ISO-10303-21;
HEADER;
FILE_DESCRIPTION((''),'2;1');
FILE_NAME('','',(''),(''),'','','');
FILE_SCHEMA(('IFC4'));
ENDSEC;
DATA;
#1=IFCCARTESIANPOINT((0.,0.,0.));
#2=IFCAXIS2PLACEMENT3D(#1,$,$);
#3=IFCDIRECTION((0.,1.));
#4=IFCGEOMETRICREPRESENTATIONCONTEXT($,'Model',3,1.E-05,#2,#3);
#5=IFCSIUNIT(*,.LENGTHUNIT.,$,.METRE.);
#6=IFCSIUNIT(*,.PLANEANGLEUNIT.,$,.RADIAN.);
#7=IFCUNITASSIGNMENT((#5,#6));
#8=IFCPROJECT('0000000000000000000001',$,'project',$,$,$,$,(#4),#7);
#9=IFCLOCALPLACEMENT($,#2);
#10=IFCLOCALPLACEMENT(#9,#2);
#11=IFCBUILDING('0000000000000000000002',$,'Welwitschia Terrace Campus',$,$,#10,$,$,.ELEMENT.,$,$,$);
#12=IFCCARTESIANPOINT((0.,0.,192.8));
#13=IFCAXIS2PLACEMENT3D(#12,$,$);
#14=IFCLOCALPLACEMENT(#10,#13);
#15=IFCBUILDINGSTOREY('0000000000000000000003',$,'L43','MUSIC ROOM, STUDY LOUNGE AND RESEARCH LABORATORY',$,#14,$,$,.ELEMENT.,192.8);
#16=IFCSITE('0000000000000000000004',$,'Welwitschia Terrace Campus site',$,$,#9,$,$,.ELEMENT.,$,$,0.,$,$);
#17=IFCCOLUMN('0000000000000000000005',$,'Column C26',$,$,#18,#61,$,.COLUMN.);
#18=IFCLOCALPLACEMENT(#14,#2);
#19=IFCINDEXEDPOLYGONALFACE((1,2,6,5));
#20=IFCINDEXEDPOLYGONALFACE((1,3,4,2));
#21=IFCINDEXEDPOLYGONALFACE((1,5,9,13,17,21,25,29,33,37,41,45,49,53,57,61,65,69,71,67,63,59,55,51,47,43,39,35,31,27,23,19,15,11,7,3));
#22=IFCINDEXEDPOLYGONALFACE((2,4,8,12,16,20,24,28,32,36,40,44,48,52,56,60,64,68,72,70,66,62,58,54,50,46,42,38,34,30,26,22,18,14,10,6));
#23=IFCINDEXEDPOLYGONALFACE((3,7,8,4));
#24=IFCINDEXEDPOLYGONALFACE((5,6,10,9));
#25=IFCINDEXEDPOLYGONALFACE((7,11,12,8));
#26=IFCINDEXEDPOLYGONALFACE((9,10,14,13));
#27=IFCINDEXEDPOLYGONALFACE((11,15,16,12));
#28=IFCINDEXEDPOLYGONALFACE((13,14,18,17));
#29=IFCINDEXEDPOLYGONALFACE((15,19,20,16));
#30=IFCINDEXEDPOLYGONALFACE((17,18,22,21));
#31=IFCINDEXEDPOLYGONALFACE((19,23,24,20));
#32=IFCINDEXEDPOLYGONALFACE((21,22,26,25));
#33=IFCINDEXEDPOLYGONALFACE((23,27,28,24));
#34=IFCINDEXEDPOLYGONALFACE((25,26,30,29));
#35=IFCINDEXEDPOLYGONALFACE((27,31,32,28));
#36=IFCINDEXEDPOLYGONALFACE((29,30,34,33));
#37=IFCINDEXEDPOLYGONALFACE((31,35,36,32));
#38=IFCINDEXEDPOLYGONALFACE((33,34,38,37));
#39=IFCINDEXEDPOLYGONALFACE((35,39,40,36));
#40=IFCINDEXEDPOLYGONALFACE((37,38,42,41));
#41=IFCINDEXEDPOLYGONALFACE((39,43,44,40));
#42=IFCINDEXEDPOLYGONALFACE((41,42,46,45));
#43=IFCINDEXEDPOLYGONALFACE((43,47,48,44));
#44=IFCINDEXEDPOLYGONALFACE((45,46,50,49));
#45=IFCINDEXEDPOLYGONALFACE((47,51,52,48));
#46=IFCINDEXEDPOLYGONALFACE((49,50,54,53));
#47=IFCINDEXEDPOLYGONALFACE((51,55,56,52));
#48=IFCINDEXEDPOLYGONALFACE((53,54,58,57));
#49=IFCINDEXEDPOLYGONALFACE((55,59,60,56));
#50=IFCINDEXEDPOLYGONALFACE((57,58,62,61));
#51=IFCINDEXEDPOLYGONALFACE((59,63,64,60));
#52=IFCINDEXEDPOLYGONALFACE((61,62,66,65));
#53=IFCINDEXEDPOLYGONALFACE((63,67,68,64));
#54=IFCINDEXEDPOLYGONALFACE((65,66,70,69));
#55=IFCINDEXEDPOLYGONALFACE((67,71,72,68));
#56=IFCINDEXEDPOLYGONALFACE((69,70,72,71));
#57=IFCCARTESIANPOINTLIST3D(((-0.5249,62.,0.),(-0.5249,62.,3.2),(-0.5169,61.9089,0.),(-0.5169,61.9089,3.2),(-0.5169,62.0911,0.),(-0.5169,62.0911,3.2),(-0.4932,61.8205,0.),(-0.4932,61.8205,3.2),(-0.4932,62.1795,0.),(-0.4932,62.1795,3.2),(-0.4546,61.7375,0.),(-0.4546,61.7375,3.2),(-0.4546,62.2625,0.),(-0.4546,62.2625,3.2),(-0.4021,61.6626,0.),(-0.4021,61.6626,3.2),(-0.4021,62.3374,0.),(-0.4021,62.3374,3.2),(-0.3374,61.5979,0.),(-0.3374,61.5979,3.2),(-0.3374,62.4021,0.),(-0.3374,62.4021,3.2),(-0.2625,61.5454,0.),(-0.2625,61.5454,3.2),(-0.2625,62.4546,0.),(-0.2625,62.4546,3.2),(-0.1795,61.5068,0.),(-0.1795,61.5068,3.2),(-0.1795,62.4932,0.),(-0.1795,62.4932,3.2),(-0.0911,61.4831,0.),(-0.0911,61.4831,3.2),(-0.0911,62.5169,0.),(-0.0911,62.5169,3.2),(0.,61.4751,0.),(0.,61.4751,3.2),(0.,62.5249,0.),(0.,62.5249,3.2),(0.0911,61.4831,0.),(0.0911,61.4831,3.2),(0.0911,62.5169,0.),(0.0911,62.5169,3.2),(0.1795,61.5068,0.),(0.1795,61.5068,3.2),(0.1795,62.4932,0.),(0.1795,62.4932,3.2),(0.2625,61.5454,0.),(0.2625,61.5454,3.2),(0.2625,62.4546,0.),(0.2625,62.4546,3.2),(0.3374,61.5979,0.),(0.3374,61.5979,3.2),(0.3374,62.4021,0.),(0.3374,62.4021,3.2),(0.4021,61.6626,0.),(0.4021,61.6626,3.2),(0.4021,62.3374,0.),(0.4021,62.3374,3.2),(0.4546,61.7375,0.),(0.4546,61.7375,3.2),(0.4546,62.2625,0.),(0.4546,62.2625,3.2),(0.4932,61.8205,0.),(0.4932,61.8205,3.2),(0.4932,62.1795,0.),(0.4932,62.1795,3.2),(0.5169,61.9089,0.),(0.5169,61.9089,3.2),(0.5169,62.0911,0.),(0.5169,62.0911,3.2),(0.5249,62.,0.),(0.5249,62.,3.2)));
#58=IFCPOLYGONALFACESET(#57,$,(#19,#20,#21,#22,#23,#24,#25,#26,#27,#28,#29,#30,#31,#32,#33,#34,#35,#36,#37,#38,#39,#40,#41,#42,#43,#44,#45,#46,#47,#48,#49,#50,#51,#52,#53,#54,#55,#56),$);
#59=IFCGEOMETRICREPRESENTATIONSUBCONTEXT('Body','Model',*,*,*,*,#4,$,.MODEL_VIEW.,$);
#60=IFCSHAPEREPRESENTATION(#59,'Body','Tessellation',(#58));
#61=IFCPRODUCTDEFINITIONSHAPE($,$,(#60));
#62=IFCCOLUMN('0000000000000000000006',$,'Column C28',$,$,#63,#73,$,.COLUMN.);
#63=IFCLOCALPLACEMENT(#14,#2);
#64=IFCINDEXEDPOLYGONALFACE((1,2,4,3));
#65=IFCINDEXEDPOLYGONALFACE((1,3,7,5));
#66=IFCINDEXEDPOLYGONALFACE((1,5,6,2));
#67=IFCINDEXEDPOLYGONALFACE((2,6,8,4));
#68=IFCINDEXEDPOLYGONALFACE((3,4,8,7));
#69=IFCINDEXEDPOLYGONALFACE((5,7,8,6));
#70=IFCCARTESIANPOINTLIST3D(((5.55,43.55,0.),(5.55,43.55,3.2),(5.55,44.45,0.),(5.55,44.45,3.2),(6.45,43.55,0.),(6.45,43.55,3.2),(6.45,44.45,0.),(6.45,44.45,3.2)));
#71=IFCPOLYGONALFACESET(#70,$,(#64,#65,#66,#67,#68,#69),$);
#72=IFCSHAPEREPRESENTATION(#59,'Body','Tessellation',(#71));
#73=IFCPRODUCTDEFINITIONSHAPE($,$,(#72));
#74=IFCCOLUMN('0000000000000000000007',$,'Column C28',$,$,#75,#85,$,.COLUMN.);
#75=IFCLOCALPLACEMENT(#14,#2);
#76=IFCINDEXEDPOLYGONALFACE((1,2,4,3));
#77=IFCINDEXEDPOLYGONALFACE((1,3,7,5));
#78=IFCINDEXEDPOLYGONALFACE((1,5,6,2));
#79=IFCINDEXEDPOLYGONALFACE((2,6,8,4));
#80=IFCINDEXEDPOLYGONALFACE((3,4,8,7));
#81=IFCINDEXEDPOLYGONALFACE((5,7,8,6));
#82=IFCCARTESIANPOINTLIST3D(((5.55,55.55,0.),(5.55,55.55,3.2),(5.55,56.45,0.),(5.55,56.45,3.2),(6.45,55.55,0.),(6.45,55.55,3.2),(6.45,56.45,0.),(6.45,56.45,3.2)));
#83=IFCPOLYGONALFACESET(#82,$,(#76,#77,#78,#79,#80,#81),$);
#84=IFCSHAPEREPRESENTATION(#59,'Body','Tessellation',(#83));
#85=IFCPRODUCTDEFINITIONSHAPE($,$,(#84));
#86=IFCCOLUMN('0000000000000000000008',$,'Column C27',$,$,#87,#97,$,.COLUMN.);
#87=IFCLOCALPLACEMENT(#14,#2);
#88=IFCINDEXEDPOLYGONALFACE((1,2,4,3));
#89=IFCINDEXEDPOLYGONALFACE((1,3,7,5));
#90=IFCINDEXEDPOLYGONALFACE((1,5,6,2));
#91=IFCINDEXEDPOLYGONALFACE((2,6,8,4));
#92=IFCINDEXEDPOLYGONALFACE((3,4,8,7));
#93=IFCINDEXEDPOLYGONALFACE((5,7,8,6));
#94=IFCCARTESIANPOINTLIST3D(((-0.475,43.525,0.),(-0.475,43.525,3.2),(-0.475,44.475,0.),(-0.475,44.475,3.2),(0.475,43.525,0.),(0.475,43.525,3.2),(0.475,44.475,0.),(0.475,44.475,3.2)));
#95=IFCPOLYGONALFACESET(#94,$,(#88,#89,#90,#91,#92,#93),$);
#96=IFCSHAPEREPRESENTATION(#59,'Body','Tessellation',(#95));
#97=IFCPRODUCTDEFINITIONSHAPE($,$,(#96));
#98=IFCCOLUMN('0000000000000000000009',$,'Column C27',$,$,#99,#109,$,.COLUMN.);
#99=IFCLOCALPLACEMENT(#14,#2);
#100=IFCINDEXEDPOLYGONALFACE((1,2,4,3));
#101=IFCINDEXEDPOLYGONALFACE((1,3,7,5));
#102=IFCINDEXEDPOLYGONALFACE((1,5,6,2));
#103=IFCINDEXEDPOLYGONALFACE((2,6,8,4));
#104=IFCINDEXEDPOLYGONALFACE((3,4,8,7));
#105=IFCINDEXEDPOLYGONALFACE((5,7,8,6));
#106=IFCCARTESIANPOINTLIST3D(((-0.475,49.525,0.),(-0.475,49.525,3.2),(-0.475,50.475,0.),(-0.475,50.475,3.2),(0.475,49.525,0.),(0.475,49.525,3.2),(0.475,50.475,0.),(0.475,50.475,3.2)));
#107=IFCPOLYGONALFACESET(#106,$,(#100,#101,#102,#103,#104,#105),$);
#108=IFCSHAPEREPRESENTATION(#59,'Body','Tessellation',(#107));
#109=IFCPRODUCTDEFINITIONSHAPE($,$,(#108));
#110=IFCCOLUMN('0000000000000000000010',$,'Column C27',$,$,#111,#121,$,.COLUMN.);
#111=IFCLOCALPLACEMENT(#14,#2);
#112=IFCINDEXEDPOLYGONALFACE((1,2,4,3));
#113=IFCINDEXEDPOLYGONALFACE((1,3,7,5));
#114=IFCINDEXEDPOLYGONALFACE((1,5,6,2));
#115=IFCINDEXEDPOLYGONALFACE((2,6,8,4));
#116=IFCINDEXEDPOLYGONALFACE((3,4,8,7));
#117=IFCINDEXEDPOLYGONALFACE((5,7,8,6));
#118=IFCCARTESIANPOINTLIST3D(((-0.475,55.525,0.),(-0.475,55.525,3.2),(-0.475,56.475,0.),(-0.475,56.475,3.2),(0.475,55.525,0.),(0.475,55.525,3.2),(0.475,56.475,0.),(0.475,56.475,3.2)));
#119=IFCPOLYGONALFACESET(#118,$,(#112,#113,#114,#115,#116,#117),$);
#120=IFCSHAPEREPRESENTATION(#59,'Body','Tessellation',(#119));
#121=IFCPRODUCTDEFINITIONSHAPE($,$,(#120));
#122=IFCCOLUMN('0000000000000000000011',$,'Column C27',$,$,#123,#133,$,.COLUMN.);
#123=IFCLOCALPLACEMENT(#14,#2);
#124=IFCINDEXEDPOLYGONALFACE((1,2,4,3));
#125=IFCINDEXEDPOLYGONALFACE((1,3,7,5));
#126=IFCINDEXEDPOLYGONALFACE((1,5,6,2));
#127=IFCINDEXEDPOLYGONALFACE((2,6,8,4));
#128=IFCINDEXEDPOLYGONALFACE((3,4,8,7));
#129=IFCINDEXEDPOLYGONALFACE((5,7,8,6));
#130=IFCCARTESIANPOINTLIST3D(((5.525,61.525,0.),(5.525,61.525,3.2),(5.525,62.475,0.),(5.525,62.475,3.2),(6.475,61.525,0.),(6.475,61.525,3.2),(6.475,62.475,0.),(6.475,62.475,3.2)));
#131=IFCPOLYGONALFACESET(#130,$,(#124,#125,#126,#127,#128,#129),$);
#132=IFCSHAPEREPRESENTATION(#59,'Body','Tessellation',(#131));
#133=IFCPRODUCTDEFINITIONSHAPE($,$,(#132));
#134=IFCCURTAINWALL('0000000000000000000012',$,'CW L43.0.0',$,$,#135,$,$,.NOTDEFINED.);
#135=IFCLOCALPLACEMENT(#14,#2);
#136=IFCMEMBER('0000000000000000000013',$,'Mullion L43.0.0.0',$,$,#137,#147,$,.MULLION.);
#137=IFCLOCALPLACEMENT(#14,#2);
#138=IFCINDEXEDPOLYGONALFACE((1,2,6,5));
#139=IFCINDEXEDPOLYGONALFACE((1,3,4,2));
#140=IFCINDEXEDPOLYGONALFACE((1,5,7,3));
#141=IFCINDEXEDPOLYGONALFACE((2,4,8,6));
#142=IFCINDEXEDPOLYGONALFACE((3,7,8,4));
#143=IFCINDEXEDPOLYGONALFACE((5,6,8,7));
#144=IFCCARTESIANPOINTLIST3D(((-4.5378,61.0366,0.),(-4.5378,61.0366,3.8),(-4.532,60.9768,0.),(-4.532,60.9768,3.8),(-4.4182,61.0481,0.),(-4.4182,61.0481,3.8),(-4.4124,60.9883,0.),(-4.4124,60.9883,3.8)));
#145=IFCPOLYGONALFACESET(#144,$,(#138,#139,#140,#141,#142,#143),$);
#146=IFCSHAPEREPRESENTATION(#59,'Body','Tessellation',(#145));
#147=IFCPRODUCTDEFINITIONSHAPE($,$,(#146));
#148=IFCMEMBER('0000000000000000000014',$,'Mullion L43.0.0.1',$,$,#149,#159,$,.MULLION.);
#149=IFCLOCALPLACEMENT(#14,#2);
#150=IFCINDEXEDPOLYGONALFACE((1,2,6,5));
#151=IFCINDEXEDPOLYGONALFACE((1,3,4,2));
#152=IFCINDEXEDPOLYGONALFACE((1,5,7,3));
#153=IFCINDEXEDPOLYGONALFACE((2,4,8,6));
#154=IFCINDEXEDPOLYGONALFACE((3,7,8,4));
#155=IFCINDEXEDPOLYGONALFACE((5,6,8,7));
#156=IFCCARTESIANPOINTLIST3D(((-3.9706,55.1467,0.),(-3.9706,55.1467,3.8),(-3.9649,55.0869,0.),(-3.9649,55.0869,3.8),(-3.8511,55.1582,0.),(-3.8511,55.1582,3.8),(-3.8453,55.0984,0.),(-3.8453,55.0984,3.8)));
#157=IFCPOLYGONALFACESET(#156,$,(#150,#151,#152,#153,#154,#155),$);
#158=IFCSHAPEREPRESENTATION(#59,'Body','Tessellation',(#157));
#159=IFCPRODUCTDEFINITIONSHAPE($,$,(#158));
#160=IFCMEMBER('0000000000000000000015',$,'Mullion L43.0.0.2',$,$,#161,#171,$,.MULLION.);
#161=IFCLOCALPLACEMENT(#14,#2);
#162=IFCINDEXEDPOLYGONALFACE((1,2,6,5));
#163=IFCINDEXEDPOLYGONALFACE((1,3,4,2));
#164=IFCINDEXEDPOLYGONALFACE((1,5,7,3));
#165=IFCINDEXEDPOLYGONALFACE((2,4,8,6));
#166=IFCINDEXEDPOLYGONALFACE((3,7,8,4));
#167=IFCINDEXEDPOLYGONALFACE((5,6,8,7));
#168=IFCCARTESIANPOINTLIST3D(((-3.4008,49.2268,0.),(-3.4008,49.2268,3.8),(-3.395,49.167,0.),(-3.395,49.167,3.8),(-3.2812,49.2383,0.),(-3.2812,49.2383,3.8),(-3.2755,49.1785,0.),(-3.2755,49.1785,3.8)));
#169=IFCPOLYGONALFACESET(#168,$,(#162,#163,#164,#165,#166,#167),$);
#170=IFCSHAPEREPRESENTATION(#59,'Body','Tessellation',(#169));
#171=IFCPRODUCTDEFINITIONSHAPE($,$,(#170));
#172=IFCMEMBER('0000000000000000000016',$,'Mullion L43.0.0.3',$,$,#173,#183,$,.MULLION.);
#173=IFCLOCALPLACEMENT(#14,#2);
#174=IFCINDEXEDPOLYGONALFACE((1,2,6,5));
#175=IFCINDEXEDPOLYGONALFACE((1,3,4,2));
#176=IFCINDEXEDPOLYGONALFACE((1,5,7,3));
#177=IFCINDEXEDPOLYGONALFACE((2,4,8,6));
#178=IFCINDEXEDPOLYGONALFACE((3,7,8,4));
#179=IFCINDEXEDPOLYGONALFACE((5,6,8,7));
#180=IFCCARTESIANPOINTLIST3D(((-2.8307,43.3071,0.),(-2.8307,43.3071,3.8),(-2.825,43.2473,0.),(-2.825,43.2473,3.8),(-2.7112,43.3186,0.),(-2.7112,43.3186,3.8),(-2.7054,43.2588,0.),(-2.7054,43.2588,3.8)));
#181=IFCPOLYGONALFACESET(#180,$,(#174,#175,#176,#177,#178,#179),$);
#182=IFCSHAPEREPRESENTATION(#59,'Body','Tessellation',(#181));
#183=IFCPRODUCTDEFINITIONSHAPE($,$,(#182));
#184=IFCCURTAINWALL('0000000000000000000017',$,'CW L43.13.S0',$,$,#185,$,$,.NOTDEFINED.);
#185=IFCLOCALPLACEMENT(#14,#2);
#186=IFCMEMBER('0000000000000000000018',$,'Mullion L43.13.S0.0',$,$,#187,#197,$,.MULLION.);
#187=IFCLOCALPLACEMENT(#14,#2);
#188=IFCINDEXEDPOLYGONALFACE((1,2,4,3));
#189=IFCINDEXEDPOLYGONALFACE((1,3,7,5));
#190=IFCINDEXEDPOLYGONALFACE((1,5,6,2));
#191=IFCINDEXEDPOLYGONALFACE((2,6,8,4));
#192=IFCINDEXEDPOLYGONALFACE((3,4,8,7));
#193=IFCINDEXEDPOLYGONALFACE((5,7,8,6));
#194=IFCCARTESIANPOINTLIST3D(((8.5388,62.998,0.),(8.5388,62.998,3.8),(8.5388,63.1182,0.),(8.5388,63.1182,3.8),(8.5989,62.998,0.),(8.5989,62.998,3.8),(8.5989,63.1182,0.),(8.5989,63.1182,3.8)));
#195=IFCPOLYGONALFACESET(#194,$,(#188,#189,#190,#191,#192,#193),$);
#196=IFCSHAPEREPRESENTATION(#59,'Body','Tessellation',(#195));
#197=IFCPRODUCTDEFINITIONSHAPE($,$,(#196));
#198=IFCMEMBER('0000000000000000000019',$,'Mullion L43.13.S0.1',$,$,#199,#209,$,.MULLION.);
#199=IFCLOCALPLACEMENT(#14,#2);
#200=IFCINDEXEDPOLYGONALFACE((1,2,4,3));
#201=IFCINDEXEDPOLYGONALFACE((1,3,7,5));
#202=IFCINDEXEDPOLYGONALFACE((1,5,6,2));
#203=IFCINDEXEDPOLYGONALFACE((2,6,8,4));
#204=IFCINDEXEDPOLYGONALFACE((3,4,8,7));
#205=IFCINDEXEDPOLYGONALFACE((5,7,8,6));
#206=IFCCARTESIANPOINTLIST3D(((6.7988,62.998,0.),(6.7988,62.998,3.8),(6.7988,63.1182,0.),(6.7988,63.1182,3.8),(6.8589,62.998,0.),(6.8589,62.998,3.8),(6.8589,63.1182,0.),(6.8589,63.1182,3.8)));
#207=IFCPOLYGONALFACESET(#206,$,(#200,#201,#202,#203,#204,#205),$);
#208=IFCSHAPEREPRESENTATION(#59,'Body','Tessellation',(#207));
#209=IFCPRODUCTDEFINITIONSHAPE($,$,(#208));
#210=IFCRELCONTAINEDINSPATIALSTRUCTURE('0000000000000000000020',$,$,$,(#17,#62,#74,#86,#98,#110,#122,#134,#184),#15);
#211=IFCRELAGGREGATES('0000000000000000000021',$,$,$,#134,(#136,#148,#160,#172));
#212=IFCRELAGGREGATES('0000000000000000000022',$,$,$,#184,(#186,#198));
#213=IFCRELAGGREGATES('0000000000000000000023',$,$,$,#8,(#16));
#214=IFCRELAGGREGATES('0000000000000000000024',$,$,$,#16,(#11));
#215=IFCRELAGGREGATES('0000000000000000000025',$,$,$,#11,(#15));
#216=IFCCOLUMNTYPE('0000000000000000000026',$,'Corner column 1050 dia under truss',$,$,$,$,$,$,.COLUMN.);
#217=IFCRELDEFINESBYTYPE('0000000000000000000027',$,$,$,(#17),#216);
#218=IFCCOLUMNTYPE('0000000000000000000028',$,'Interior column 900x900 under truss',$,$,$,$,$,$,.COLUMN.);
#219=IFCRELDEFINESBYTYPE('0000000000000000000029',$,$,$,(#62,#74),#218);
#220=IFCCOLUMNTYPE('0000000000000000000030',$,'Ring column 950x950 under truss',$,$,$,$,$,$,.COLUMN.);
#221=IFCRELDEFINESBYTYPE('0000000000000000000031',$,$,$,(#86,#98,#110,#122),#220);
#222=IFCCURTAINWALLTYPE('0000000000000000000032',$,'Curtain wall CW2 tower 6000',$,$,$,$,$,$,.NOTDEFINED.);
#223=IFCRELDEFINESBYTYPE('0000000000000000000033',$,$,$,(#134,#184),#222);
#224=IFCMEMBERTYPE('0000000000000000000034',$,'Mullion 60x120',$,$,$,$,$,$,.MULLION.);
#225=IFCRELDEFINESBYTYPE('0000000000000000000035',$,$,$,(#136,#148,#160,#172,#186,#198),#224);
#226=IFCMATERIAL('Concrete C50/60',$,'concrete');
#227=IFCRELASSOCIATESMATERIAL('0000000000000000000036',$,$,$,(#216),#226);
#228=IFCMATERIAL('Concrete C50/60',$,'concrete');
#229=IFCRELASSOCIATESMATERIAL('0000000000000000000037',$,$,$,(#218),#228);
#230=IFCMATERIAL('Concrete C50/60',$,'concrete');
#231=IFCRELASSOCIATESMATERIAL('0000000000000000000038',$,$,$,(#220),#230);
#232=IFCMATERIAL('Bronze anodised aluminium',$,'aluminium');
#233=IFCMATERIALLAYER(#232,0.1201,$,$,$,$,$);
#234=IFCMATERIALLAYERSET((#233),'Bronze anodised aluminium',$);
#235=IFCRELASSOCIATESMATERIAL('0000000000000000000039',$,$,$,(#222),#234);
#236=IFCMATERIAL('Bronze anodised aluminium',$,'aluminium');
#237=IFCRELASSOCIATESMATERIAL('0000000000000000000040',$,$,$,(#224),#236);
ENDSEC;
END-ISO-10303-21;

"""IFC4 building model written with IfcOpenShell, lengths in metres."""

from ifc_helpers import new_model, si_unit, direction, frame, origin, origin_2d, place, context, subcontext, project, spatial, rectangle, circle, extrude, material, layer, layer_set, material_profile, profile_set, type_object, element, aggregate, save


model = new_model("IFC4")

# Units and contexts
model_context = context("Model", 3, precision=1e-05, world=origin(), true_north=direction((0.0, 1.0)))
body_context = subcontext(model_context, "Body", "Model", "MODEL_VIEW")
ifc_project = project(units=[si_unit("LENGTHUNIT", "METRE"), si_unit("PLANEANGLEUNIT", "RADIAN")], contexts=[model_context])

# Site, building, storey
site_placement = place(None, origin())
site = spatial("IfcSite", under=ifc_project, at=site_placement, Name="Welwitschia Terrace Campus site", CompositionType="ELEMENT", RefElevation=0.0)
building_placement = place(site_placement, origin())
building = spatial("IfcBuilding", under=site, at=building_placement, Name="Welwitschia Terrace Campus", CompositionType="ELEMENT")
storey_placement = place(building_placement, frame((0.0, 0.0, 192.8)))
storey = spatial("IfcBuildingStorey", under=building, at=storey_placement, Name="L43", Description="MUSIC ROOM, STUDY LOUNGE AND RESEARCH LABORATORY", CompositionType="ELEMENT", Elevation=192.8)

# Columns
ifc_material_1 = material(Name="Concrete C50/60", Category="concrete")
ifc_material_profile_1 = material_profile(ifc_material_1, circle(Radius=0.5249, at=origin_2d()))
ifc_profile_set_1 = profile_set([ifc_material_profile_1], Name="Concrete C50/60")
column_type_1 = type_object("IfcColumnType", Name="Corner column 1050 dia under truss", PredefinedType="COLUMN", material=ifc_profile_set_1)
column_placement = place(storey_placement, frame((0.0, 62.0, 0.0), z_axis=(0.0, 0.0, 1.0), x_axis=(1.0, 0.0, 0.0)))
element("IfcColumn", 1, at=column_placement, inside=storey, type_object=column_type_1, Name="Column C26", PredefinedType="COLUMN", context=body_context, shape_type="SweptSolid", body=[
    extrude(circle(Radius=0.5249, at=origin_2d()), origin(), (0.0, 0.0, 1.0), 3.2),
])
ifc_material_2 = material(Name="Concrete C50/60", Category="concrete")
ifc_material_profile_2 = material_profile(ifc_material_2, rectangle(XDim=0.8999, YDim=0.8999, at=origin_2d()))
ifc_profile_set_2 = profile_set([ifc_material_profile_2], Name="Concrete C50/60")
column_type_2 = type_object("IfcColumnType", Name="Interior column 900x900 under truss", PredefinedType="COLUMN", material=ifc_profile_set_2)
for number, where, z_axis, x_axis, name in (
    (2, (6.0, 44.0, 0.0), (0.0, 0.0, 1.0), (1.0, 0.0, 0.0), "Column C28"),
    (3, (6.0, 56.0, 0.0), (0.0, 0.0, 1.0), (1.0, 0.0, 0.0), "Column C28"),
):
    element("IfcColumn", number, at=place(storey_placement, frame(where, z_axis=z_axis, x_axis=x_axis)), inside=storey, type_object=column_type_2, Name=name, PredefinedType="COLUMN", context=body_context, shape_type="SweptSolid", body=[
        extrude(rectangle(XDim=0.8999, YDim=0.8999, at=origin_2d()), origin(), (0.0, 0.0, 1.0), 3.2),
    ])
ifc_material_3 = material(Name="Concrete C50/60", Category="concrete")
ifc_material_profile_3 = material_profile(ifc_material_3, rectangle(XDim=0.95, YDim=0.95, at=origin_2d()))
ifc_profile_set_3 = profile_set([ifc_material_profile_3], Name="Concrete C50/60")
column_type_3 = type_object("IfcColumnType", Name="Ring column 950x950 under truss", PredefinedType="COLUMN", material=ifc_profile_set_3)
for number, where, z_axis, x_axis, name in (
    (4, (0.0, 44.0, 0.0), (0.0, 0.0, 1.0), (1.0, 0.0, 0.0), "Column C27"),
    (5, (0.0, 50.0, 0.0), (0.0, 0.0, 1.0), (1.0, 0.0, 0.0), "Column C27"),
    (6, (0.0, 56.0, 0.0), (0.0, 0.0, 1.0), (1.0, 0.0, 0.0), "Column C27"),
    (7, (6.0, 62.0, 0.0), (0.0, 0.0, 1.0), (1.0, 0.0, 0.0), "Column C27"),
):
    element("IfcColumn", number, at=place(storey_placement, frame(where, z_axis=z_axis, x_axis=x_axis)), inside=storey, type_object=column_type_3, Name=name, PredefinedType="COLUMN", context=body_context, shape_type="SweptSolid", body=[
        extrude(rectangle(XDim=0.95, YDim=0.95, at=origin_2d()), origin(), (0.0, 0.0, 1.0), 3.2),
    ])

# Curtain walls, members
ifc_material_4 = material(Name="Bronze anodised aluminium", Category="aluminium")
ifc_layer_1 = layer(ifc_material_4, 0.1201)
ifc_layer_set_1 = layer_set([ifc_layer_1], Name="Bronze anodised aluminium")
curtain_wall_type = type_object("IfcCurtainWallType", Name="Curtain wall CW2 tower 6000", PredefinedType="NOTDEFINED", material=ifc_layer_set_1)
curtain_wall_1_placement = place(storey_placement, origin())
curtain_wall_1 = element("IfcCurtainWall", 8, at=curtain_wall_1_placement, inside=storey, type_object=curtain_wall_type, Name="CW L43.0.0", PredefinedType="NOTDEFINED")
ifc_material_5 = material(Name="Bronze anodised aluminium", Category="aluminium")
ifc_material_profile_4 = material_profile(ifc_material_5, rectangle(XDim=0.1201, YDim=0.0601, at=origin_2d()))
ifc_profile_set_4 = profile_set([ifc_material_profile_4], Name="Bronze anodised aluminium")
member_type_1 = type_object("IfcMemberType", Name="Mullion 60x120", PredefinedType="MULLION", material=ifc_profile_set_4)
member_1_placement = place(storey_placement, frame((-4.4751, 61.0125, 0.0), z_axis=(0.0, 0.0, 1.0), x_axis=(0.995396, 0.095846, 0.0)))
member_1 = element("IfcMember", 9, at=member_1_placement, type_object=member_type_1, Name="Mullion L43.0.0.0", PredefinedType="MULLION", context=body_context, shape_type="SweptSolid", body=[
    extrude(rectangle(XDim=0.1201, YDim=0.0601, at=origin_2d()), origin(), (0.0, 0.0, 1.0), 3.8),
])
member_2_placement = place(storey_placement, frame((-3.908, 55.1226, 0.0), z_axis=(0.0, 0.0, 1.0), x_axis=(0.995396, 0.095846, 0.0)))
member_2 = element("IfcMember", 10, at=member_2_placement, type_object=member_type_1, Name="Mullion L43.0.0.1", PredefinedType="MULLION", context=body_context, shape_type="SweptSolid", body=[
    extrude(rectangle(XDim=0.1201, YDim=0.0601, at=origin_2d()), origin(), (0.0, 0.0, 1.0), 3.8),
])
member_3_placement = place(storey_placement, frame((-3.3381, 49.2026, 0.0), z_axis=(0.0, 0.0, 1.0), x_axis=(0.995396, 0.095846, 0.0)))
member_3 = element("IfcMember", 11, at=member_3_placement, type_object=member_type_1, Name="Mullion L43.0.0.2", PredefinedType="MULLION", context=body_context, shape_type="SweptSolid", body=[
    extrude(rectangle(XDim=0.1201, YDim=0.0601, at=origin_2d()), origin(), (0.0, 0.0, 1.0), 3.8),
])
member_4_placement = place(storey_placement, frame((-2.7681, 43.283, 0.0), z_axis=(0.0, 0.0, 1.0), x_axis=(0.995396, 0.095846, 0.0)))
member_4 = element("IfcMember", 12, at=member_4_placement, type_object=member_type_1, Name="Mullion L43.0.0.3", PredefinedType="MULLION", context=body_context, shape_type="SweptSolid", body=[
    extrude(rectangle(XDim=0.1201, YDim=0.0601, at=origin_2d()), origin(), (0.0, 0.0, 1.0), 3.8),
])
curtain_wall_2_placement = place(storey_placement, origin())
curtain_wall_2 = element("IfcCurtainWall", 13, at=curtain_wall_2_placement, inside=storey, type_object=curtain_wall_type, Name="CW L43.13.S0", PredefinedType="NOTDEFINED")
member_5_placement = place(storey_placement, frame((8.5688, 63.0581, 0.0), z_axis=(0.0, 0.0, 1.0), x_axis=(0.0, -1.0, 0.0)))
member_5 = element("IfcMember", 14, at=member_5_placement, type_object=member_type_1, Name="Mullion L43.13.S0.0", PredefinedType="MULLION", context=body_context, shape_type="SweptSolid", body=[
    extrude(rectangle(XDim=0.1201, YDim=0.0601, at=origin_2d()), origin(), (0.0, 0.0, 1.0), 3.8),
])
member_6_placement = place(storey_placement, frame((6.8289, 63.0581, 0.0), z_axis=(0.0, 0.0, 1.0), x_axis=(0.0, -1.0, 0.0)))
member_6 = element("IfcMember", 15, at=member_6_placement, type_object=member_type_1, Name="Mullion L43.13.S0.1", PredefinedType="MULLION", context=body_context, shape_type="SweptSolid", body=[
    extrude(rectangle(XDim=0.1201, YDim=0.0601, at=origin_2d()), origin(), (0.0, 0.0, 1.0), 3.8),
])

aggregate(curtain_wall_1, [member_1, member_2, member_3, member_4])
aggregate(curtain_wall_2, [member_5, member_6])

save(model, "model.ifc")
